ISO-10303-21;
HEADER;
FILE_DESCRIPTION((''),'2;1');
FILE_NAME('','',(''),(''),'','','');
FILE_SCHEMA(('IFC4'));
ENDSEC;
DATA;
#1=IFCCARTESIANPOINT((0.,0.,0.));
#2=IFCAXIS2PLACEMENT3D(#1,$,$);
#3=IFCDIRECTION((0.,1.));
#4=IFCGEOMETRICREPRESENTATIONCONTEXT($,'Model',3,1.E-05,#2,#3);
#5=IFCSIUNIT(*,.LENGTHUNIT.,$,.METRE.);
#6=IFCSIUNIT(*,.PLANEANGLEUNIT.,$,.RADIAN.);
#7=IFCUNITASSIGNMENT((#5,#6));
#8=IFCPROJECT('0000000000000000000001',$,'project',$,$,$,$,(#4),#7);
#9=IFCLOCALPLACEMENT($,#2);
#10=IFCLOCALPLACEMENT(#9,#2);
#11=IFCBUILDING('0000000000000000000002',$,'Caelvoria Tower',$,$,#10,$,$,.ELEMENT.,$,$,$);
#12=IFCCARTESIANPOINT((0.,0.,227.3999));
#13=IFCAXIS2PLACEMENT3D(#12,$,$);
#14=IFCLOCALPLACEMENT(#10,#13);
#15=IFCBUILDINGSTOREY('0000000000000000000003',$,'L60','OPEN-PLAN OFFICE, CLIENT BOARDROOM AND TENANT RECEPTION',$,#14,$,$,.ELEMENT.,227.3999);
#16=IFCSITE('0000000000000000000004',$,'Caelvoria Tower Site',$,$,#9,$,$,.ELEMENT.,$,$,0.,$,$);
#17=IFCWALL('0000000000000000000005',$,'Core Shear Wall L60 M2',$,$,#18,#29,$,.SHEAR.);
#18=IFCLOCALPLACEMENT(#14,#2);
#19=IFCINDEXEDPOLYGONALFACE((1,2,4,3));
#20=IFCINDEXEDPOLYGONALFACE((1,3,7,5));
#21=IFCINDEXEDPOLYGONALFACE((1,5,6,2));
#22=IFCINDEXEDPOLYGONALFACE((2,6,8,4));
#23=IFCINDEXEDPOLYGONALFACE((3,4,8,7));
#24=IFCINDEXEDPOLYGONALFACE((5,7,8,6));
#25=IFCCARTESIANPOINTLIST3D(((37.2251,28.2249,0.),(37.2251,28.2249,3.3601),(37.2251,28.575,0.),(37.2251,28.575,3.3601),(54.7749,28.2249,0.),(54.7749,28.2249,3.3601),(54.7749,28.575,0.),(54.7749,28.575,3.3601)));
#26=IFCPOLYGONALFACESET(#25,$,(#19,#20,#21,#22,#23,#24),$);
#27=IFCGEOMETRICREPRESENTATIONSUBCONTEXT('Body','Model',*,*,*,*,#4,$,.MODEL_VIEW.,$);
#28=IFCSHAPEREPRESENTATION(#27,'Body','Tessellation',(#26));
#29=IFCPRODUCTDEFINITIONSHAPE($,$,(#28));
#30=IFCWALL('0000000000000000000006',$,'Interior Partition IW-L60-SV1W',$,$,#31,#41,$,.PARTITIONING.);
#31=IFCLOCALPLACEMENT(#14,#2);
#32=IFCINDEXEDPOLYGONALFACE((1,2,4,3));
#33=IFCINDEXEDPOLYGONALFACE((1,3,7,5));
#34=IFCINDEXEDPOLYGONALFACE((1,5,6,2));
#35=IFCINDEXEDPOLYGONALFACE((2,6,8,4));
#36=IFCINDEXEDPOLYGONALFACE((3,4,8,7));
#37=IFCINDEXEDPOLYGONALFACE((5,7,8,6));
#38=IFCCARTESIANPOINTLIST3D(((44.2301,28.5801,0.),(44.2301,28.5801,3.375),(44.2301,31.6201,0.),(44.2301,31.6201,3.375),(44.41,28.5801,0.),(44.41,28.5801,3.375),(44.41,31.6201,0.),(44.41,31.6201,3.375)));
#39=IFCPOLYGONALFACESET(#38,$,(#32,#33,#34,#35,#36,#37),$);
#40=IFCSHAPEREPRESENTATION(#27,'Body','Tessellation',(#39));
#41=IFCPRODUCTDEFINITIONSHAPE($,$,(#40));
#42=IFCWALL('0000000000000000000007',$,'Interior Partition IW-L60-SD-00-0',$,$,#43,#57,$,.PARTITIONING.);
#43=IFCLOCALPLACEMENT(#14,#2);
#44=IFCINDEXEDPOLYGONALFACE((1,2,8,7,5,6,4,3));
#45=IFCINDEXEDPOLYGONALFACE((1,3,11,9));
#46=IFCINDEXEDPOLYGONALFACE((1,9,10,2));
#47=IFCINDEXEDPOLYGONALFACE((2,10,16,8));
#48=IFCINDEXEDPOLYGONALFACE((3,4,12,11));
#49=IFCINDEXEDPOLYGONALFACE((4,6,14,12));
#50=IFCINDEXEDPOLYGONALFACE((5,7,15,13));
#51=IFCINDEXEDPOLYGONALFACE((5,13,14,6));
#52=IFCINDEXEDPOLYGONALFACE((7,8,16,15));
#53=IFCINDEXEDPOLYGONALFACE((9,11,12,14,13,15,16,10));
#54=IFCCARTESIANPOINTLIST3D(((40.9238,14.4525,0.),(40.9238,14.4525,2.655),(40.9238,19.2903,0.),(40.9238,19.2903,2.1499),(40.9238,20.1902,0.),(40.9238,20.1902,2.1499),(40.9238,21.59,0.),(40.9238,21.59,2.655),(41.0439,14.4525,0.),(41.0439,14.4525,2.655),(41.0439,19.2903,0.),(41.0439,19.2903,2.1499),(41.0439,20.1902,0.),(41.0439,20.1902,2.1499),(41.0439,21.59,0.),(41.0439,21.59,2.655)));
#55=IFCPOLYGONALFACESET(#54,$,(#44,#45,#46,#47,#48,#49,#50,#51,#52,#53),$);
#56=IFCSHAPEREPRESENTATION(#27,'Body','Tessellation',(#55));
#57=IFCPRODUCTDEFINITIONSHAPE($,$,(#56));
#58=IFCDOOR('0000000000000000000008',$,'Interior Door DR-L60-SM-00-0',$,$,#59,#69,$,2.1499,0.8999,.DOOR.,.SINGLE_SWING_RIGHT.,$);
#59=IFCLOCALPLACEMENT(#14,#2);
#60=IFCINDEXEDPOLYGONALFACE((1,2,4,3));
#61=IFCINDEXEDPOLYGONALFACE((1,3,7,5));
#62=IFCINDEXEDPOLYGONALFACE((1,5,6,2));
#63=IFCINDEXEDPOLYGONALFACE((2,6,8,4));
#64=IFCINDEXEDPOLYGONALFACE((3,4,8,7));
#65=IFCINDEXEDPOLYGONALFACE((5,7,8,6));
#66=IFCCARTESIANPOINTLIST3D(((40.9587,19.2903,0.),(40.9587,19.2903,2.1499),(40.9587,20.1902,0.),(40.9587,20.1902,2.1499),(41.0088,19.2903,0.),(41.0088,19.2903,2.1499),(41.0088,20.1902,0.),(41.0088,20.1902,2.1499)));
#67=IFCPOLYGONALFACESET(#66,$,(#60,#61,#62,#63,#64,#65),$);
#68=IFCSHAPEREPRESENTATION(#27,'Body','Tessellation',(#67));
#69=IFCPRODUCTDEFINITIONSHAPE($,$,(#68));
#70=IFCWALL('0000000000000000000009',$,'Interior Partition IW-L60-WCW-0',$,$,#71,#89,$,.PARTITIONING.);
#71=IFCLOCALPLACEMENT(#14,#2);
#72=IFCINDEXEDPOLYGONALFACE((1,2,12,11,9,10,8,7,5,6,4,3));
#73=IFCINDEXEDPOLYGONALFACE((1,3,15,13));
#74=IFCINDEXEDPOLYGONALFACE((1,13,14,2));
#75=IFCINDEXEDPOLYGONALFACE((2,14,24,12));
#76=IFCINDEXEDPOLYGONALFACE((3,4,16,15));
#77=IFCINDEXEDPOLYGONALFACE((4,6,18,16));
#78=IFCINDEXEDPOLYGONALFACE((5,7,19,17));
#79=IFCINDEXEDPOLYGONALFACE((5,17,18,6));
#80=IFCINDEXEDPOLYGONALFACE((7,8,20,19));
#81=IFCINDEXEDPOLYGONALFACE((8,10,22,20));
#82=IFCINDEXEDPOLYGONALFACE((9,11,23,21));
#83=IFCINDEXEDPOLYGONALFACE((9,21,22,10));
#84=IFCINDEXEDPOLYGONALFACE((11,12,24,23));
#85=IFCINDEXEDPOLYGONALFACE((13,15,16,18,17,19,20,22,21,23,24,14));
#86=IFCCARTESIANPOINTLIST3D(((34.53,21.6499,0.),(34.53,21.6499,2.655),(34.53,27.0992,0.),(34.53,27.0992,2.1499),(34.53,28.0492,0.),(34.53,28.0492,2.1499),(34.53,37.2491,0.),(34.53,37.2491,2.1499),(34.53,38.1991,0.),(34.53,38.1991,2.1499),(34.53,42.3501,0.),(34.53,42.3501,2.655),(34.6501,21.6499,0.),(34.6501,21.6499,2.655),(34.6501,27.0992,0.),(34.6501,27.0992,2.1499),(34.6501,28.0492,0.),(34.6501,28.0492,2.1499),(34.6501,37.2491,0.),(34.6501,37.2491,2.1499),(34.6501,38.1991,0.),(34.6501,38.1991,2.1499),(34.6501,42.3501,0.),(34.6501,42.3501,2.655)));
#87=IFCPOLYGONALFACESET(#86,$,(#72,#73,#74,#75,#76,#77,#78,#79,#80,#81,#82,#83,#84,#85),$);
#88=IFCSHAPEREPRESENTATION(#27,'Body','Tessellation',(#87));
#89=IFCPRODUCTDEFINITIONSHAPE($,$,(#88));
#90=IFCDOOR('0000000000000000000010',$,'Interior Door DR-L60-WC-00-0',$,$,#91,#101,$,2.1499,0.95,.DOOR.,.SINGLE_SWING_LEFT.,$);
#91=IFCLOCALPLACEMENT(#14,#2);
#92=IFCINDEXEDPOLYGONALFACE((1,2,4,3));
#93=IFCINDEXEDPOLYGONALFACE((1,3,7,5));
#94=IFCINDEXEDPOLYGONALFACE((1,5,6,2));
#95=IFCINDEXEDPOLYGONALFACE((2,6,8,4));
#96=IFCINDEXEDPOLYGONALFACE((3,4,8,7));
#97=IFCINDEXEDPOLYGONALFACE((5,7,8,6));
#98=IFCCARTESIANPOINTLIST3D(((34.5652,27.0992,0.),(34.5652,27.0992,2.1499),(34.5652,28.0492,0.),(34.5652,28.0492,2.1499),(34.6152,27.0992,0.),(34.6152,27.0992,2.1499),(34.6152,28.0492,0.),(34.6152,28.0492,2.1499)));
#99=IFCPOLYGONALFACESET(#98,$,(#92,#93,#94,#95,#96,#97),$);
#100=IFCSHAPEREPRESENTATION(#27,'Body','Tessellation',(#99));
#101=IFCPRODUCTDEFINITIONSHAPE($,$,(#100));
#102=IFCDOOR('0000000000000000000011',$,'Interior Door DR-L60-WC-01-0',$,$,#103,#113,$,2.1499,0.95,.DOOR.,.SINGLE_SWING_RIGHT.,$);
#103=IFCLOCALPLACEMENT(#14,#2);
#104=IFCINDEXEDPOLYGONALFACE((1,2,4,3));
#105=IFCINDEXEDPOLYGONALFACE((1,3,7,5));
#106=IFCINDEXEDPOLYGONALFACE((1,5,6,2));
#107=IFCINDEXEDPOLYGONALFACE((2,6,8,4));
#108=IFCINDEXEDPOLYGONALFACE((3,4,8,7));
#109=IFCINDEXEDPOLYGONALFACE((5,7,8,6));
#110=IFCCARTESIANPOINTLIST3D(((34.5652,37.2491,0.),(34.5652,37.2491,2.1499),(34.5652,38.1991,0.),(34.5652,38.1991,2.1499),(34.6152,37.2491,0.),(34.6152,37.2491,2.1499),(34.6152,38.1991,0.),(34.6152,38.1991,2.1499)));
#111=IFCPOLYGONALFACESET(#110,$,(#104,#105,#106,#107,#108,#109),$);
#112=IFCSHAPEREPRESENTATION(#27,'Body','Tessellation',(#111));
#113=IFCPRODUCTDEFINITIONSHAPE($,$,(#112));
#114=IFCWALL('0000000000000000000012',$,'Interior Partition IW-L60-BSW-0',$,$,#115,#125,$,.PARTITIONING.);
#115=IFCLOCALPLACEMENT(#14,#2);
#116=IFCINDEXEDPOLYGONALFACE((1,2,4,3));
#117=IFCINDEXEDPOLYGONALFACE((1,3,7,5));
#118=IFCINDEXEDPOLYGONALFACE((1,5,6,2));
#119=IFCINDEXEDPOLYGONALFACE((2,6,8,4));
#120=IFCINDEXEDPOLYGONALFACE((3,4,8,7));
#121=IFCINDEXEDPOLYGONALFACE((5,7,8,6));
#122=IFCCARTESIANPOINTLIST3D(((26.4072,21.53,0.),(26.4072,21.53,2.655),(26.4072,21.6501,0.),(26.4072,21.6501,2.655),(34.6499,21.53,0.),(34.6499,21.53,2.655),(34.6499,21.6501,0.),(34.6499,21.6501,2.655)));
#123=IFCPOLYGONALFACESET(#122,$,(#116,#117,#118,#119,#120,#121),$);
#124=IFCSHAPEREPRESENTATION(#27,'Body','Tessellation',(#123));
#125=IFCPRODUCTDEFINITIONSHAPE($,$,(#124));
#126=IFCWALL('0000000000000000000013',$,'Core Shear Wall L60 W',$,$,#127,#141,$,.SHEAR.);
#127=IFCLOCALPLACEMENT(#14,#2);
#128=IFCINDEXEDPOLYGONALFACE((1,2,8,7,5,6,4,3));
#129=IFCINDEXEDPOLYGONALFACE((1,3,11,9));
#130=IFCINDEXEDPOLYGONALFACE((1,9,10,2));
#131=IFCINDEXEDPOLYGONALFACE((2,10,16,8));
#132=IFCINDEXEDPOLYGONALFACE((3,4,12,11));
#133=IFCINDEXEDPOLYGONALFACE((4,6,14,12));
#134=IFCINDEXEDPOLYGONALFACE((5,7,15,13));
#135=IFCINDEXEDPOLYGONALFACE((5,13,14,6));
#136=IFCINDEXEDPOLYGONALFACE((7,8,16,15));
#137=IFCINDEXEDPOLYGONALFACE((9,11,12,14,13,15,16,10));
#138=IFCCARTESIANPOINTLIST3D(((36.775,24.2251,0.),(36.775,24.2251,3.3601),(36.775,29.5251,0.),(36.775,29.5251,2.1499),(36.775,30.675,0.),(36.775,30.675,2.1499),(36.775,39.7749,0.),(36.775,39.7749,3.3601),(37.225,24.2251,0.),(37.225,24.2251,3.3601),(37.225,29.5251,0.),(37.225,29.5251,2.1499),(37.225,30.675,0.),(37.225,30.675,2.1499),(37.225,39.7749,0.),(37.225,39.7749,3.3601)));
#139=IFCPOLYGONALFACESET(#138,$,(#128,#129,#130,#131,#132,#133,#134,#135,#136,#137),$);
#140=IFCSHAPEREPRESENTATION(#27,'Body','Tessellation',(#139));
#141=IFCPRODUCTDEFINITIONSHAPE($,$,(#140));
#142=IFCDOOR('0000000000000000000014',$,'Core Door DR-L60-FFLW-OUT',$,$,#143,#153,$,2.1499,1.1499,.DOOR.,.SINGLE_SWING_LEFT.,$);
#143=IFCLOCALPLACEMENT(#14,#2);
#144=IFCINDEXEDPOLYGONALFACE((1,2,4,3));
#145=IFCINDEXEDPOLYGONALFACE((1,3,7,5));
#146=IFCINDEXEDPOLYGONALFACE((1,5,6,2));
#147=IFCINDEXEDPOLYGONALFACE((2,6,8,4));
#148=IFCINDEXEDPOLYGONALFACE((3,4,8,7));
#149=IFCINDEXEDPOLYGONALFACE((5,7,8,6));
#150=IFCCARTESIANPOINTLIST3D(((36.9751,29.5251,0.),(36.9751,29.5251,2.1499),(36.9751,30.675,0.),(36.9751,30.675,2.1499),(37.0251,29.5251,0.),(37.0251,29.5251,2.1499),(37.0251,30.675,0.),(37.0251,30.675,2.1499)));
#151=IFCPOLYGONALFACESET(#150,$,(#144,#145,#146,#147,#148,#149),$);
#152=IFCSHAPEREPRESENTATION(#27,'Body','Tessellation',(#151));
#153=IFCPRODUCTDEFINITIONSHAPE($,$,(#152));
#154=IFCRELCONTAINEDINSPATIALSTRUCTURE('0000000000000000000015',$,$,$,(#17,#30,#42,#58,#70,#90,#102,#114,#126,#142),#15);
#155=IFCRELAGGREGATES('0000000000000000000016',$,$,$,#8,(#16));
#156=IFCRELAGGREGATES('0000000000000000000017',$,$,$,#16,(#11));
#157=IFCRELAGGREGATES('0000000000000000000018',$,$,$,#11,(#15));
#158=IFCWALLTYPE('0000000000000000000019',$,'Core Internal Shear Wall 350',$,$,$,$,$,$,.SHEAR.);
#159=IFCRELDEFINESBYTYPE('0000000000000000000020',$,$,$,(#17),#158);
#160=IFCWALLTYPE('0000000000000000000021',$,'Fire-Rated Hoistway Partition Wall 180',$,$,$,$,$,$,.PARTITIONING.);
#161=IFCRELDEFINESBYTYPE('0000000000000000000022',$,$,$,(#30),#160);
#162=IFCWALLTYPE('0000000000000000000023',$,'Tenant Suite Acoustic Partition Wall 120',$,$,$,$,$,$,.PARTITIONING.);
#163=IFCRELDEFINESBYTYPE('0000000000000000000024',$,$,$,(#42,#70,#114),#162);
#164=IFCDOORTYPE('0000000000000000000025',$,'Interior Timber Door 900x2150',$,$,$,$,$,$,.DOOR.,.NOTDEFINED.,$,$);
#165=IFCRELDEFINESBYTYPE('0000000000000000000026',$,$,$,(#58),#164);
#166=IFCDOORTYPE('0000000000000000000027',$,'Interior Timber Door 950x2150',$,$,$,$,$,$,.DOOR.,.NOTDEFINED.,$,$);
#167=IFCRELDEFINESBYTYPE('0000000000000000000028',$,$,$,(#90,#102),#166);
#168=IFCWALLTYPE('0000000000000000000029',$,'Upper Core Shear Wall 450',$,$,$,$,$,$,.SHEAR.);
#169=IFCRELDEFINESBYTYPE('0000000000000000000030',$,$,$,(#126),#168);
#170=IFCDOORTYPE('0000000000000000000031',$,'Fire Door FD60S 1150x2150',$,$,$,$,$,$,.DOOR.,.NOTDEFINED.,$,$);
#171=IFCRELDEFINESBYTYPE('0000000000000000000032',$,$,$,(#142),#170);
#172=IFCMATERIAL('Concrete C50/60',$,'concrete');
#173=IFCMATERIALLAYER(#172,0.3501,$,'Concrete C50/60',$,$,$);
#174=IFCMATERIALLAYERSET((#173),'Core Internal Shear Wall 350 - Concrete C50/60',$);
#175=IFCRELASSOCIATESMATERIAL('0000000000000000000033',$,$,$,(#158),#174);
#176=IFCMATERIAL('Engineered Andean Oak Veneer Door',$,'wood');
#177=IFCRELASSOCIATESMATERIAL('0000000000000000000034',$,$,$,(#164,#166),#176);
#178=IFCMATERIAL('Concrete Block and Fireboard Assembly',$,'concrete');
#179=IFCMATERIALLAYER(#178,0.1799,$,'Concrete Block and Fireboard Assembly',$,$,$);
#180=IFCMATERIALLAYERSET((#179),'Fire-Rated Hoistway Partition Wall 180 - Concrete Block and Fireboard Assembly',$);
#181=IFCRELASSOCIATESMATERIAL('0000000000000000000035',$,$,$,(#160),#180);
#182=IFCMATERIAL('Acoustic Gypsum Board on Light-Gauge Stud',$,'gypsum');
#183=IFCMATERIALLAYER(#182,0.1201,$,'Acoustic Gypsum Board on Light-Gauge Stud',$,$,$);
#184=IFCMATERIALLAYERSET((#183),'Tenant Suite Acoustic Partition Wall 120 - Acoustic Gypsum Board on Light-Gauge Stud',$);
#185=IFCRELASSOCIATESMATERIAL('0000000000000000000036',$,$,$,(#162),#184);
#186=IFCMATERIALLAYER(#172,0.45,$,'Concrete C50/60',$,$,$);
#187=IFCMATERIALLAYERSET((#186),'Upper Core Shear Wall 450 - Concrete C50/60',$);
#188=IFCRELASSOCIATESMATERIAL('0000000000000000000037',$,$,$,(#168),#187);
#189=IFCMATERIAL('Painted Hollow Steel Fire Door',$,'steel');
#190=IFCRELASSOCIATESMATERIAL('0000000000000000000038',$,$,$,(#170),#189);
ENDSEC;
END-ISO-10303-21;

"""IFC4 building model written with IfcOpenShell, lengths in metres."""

from ifc_helpers import new_model, si_unit, direction, frame, frame_2d, origin, place, context, subcontext, project, spatial, rectangle, extrude, material, layer, layer_set, type_object, element, fill, save


model = new_model("IFC4")

# Units and contexts
model_context = context("Model", 3, precision=1e-05, world=origin(), true_north=direction((0.0, 1.0)))
body_context = subcontext(model_context, "Body", "Model", "MODEL_VIEW")
ifc_project = project(units=[si_unit("LENGTHUNIT", "METRE"), si_unit("PLANEANGLEUNIT", "RADIAN")], contexts=[model_context])

# Site, building, storey
site_placement = place(None, origin())
site = spatial("IfcSite", under=ifc_project, at=site_placement, Name="Caelvoria Tower Site", CompositionType="ELEMENT", RefElevation=0.0)
building_placement = place(site_placement, origin())
building = spatial("IfcBuilding", under=site, at=building_placement, Name="Caelvoria Tower", CompositionType="ELEMENT")
storey_placement = place(building_placement, frame((0.0, 0.0, 227.3999)))
storey = spatial("IfcBuildingStorey", under=building, at=storey_placement, Name="L60", Description="OPEN-PLAN OFFICE, CLIENT BOARDROOM AND TENANT RECEPTION", CompositionType="ELEMENT", Elevation=227.3999)

# Wall
ifc_material_1 = material(Name="Concrete C50/60", Category="concrete")
ifc_layer_1 = layer(ifc_material_1, 0.3501, Name="Concrete C50/60")
ifc_layer_set_1 = layer_set([ifc_layer_1], Name="Core Internal Shear Wall 350 - Concrete C50/60")
wall_type_1 = type_object("IfcWallType", Name="Core Internal Shear Wall 350", PredefinedType="SHEAR", material=ifc_layer_set_1)
wall_1_placement = place(storey_placement, frame((37.2251, 28.3999, 0.0), z_axis=(0.0, 0.0, 1.0), x_axis=(1.0, 0.0, 0.0)))
element("IfcWall", 1, at=wall_1_placement, inside=storey, type_object=wall_type_1, Name="Core Shear Wall L60 M2", PredefinedType="SHEAR", context=body_context, shape_type="SweptSolid", body=[
    extrude(rectangle(XDim=17.5498, YDim=0.3501, at=frame_2d((8.7749, 0.0))), origin(), (0.0, 0.0, 1.0), 3.3601),
])

# Shared definitions
ifc_material_2 = material(Name="Engineered Andean Oak Veneer Door", Category="wood")
door_type_1 = type_object("IfcDoorType", Name="Interior Timber Door 900x2150", OperationType="NOTDEFINED", PredefinedType="DOOR", material=ifc_material_2)

# Wall
ifc_material_3 = material(Name="Concrete Block and Fireboard Assembly", Category="concrete")
ifc_layer_2 = layer(ifc_material_3, 0.1799, Name="Concrete Block and Fireboard Assembly")
ifc_layer_set_2 = layer_set([ifc_layer_2], Name="Fire-Rated Hoistway Partition Wall 180 - Concrete Block and Fireboard Assembly")
wall_type_2 = type_object("IfcWallType", Name="Fire-Rated Hoistway Partition Wall 180", PredefinedType="PARTITIONING", material=ifc_layer_set_2)
wall_2_placement = place(storey_placement, frame((44.3201, 28.5801, 0.0), z_axis=(0.0, 0.0, 1.0), x_axis=(0.0, 1.0, 0.0)))
element("IfcWall", 2, at=wall_2_placement, inside=storey, type_object=wall_type_2, Name="Interior Partition IW-L60-SV1W", PredefinedType="PARTITIONING", context=body_context, shape_type="SweptSolid", body=[
    extrude(rectangle(XDim=3.04, YDim=0.1799, at=frame_2d((1.52, 0.0))), origin(), (0.0, 0.0, 1.0), 3.375),
])

# Wall, opening, door
ifc_material_4 = material(Name="Acoustic Gypsum Board on Light-Gauge Stud", Category="gypsum")
ifc_layer_3 = layer(ifc_material_4, 0.1201, Name="Acoustic Gypsum Board on Light-Gauge Stud")
ifc_layer_set_3 = layer_set([ifc_layer_3], Name="Tenant Suite Acoustic Partition Wall 120 - Acoustic Gypsum Board on Light-Gauge Stud")
wall_type_3 = type_object("IfcWallType", Name="Tenant Suite Acoustic Partition Wall 120", PredefinedType="PARTITIONING", material=ifc_layer_set_3)
wall_3_placement = place(storey_placement, frame((40.9839, 21.5901, 0.0), z_axis=(0.0, 0.0, 1.0), x_axis=(0.0, -1.0, 0.0)))
wall_3 = element("IfcWall", 3, at=wall_3_placement, inside=storey, type_object=wall_type_3, Name="Interior Partition IW-L60-SD-00-0", PredefinedType="PARTITIONING", context=body_context, shape_type="SweptSolid", body=[
    extrude(rectangle(XDim=7.1375, YDim=0.1201, at=frame_2d((3.5688, 0.0))), origin(), (0.0, 0.0, 1.0), 2.655),
])
opening_1_placement = place(wall_3_placement, frame((1.3999, 0.0, 0.0)))
opening_1 = element("IfcOpeningElement", 4, at=opening_1_placement, cuts=wall_3, PredefinedType="OPENING", context=body_context, shape_type="SweptSolid", body=[
    extrude(rectangle(XDim=0.8999, YDim=2.1499, at=frame_2d((0.45, 1.075))), frame((0.0, 0.0701, 0.0), z_axis=(0.0, -1.0, 0.0), x_axis=(1.0, 0.0, 0.0)), (0.0, 0.0, 1.0), 0.1401),
])
door_1_placement = place(opening_1_placement, origin())
door_1 = element("IfcDoor", 5, at=door_1_placement, inside=storey, type_object=door_type_1, Name="Interior Door DR-L60-SM-00-0", OperationType="SINGLE_SWING_RIGHT", OverallHeight=2.1499, OverallWidth=0.8999, PredefinedType="DOOR", context=body_context, shape_type="SweptSolid", body=[
    extrude(rectangle(XDim=0.8999, YDim=2.1499, at=frame_2d((0.45, 1.075))), frame((0.0, 0.0249, 0.0), z_axis=(0.0, -1.0, 0.0), x_axis=(1.0, 0.0, 0.0)), (0.0, 0.0, 1.0), 0.05),
])
fill(opening_1, door_1)

# Wall, openings, doors
wall_4_placement = place(storey_placement, frame((34.5901, 21.6499, 0.0), z_axis=(0.0, 0.0, 1.0), x_axis=(0.0, 1.0, 0.0)))
wall_4 = element("IfcWall", 6, at=wall_4_placement, inside=storey, type_object=wall_type_3, Name="Interior Partition IW-L60-WCW-0", PredefinedType="PARTITIONING", context=body_context, shape_type="SweptSolid", body=[
    extrude(rectangle(XDim=20.7002, YDim=0.1201, at=frame_2d((10.3501, 0.0))), origin(), (0.0, 0.0, 1.0), 2.655),
])
opening_2_placement = place(wall_4_placement, frame((5.4492, 0.0, 0.0)))
opening_2 = element("IfcOpeningElement", 7, at=opening_2_placement, cuts=wall_4, PredefinedType="OPENING", context=body_context, shape_type="SweptSolid", body=[
    extrude(rectangle(XDim=0.95, YDim=2.1499, at=frame_2d((0.4751, 1.075))), frame((0.0, 0.0701, 0.0), z_axis=(0.0, -1.0, 0.0), x_axis=(1.0, 0.0, 0.0)), (0.0, 0.0, 1.0), 0.1401),
])
opening_3_placement = place(wall_4_placement, frame((15.5991, 0.0, 0.0)))
opening_3 = element("IfcOpeningElement", 8, at=opening_3_placement, cuts=wall_4, PredefinedType="OPENING", context=body_context, shape_type="SweptSolid", body=[
    extrude(rectangle(XDim=0.95, YDim=2.1499, at=frame_2d((0.4751, 1.075))), frame((0.0, 0.0701, 0.0), z_axis=(0.0, -1.0, 0.0), x_axis=(1.0, 0.0, 0.0)), (0.0, 0.0, 1.0), 0.1401),
])
door_type_2 = type_object("IfcDoorType", Name="Interior Timber Door 950x2150", OperationType="NOTDEFINED", PredefinedType="DOOR", material=ifc_material_2)
door_2_placement = place(opening_2_placement, origin())
door_2 = element("IfcDoor", 9, at=door_2_placement, inside=storey, type_object=door_type_2, Name="Interior Door DR-L60-WC-00-0", OperationType="SINGLE_SWING_LEFT", OverallHeight=2.1499, OverallWidth=0.95, PredefinedType="DOOR", context=body_context, shape_type="SweptSolid", body=[
    extrude(rectangle(XDim=0.95, YDim=2.1499, at=frame_2d((0.4751, 1.075))), frame((0.0, 0.0249, 0.0), z_axis=(0.0, -1.0, 0.0), x_axis=(1.0, 0.0, 0.0)), (0.0, 0.0, 1.0), 0.05),
])
fill(opening_2, door_2)
door_3_placement = place(opening_3_placement, origin())
door_3 = element("IfcDoor", 10, at=door_3_placement, inside=storey, type_object=door_type_2, Name="Interior Door DR-L60-WC-01-0", OperationType="SINGLE_SWING_RIGHT", OverallHeight=2.1499, OverallWidth=0.95, PredefinedType="DOOR", context=body_context, shape_type="SweptSolid", body=[
    extrude(rectangle(XDim=0.95, YDim=2.1499, at=frame_2d((0.4751, 1.075))), frame((0.0, 0.0249, 0.0), z_axis=(0.0, -1.0, 0.0), x_axis=(1.0, 0.0, 0.0)), (0.0, 0.0, 1.0), 0.05),
])
fill(opening_3, door_3)

# Wall
wall_5_placement = place(storey_placement, frame((34.6499, 21.5901, 0.0), z_axis=(0.0, 0.0, 1.0), x_axis=(-1.0, 0.0, 0.0)))
element("IfcWall", 11, at=wall_5_placement, inside=storey, type_object=wall_type_3, Name="Interior Partition IW-L60-BSW-0", PredefinedType="PARTITIONING", context=body_context, shape_type="SweptSolid", body=[
    extrude(rectangle(XDim=8.2427, YDim=0.1201, at=frame_2d((4.1213, 0.0))), origin(), (0.0, 0.0, 1.0), 2.655),
])

# Wall, opening, door
ifc_layer_4 = layer(ifc_material_1, 0.45, Name="Concrete C50/60")
ifc_layer_set_4 = layer_set([ifc_layer_4], Name="Upper Core Shear Wall 450 - Concrete C50/60")
wall_type_4 = type_object("IfcWallType", Name="Upper Core Shear Wall 450", PredefinedType="SHEAR", material=ifc_layer_set_4)
wall_6_placement = place(storey_placement, frame((37.0, 24.2251, 0.0), z_axis=(0.0, 0.0, 1.0), x_axis=(0.0, 1.0, 0.0)))
wall_6 = element("IfcWall", 12, at=wall_6_placement, inside=storey, type_object=wall_type_4, Name="Core Shear Wall L60 W", PredefinedType="SHEAR", context=body_context, shape_type="SweptSolid", body=[
    extrude(rectangle(XDim=15.5498, YDim=0.45, at=frame_2d((7.7749, 0.0))), origin(), (0.0, 0.0, 1.0), 3.3601),
])
opening_4_placement = place(wall_6_placement, frame((5.3, 0.0, 0.0)))
opening_4 = element("IfcOpeningElement", 13, at=opening_4_placement, cuts=wall_6, PredefinedType="OPENING", context=body_context, shape_type="SweptSolid", body=[
    extrude(rectangle(XDim=1.1499, YDim=2.1499, at=frame_2d((0.575, 1.075))), frame((0.0, 0.2349, 0.0), z_axis=(0.0, -1.0, 0.0), x_axis=(1.0, 0.0, 0.0)), (0.0, 0.0, 1.0), 0.47),
])
ifc_material_5 = material(Name="Painted Hollow Steel Fire Door", Category="steel")
door_type_3 = type_object("IfcDoorType", Name="Fire Door FD60S 1150x2150", OperationType="NOTDEFINED", PredefinedType="DOOR", material=ifc_material_5)
door_4_placement = place(opening_4_placement, origin())
door_4 = element("IfcDoor", 14, at=door_4_placement, inside=storey, type_object=door_type_3, Name="Core Door DR-L60-FFLW-OUT", OperationType="SINGLE_SWING_LEFT", OverallHeight=2.1499, OverallWidth=1.1499, PredefinedType="DOOR", context=body_context, shape_type="SweptSolid", body=[
    extrude(rectangle(XDim=1.1499, YDim=2.1499, at=frame_2d((0.575, 1.075))), frame((0.0, 0.0249, 0.0), z_axis=(0.0, -1.0, 0.0), x_axis=(1.0, 0.0, 0.0)), (0.0, 0.0, 1.0), 0.05),
])
fill(opening_4, door_4)

save(model, "model.ifc")
